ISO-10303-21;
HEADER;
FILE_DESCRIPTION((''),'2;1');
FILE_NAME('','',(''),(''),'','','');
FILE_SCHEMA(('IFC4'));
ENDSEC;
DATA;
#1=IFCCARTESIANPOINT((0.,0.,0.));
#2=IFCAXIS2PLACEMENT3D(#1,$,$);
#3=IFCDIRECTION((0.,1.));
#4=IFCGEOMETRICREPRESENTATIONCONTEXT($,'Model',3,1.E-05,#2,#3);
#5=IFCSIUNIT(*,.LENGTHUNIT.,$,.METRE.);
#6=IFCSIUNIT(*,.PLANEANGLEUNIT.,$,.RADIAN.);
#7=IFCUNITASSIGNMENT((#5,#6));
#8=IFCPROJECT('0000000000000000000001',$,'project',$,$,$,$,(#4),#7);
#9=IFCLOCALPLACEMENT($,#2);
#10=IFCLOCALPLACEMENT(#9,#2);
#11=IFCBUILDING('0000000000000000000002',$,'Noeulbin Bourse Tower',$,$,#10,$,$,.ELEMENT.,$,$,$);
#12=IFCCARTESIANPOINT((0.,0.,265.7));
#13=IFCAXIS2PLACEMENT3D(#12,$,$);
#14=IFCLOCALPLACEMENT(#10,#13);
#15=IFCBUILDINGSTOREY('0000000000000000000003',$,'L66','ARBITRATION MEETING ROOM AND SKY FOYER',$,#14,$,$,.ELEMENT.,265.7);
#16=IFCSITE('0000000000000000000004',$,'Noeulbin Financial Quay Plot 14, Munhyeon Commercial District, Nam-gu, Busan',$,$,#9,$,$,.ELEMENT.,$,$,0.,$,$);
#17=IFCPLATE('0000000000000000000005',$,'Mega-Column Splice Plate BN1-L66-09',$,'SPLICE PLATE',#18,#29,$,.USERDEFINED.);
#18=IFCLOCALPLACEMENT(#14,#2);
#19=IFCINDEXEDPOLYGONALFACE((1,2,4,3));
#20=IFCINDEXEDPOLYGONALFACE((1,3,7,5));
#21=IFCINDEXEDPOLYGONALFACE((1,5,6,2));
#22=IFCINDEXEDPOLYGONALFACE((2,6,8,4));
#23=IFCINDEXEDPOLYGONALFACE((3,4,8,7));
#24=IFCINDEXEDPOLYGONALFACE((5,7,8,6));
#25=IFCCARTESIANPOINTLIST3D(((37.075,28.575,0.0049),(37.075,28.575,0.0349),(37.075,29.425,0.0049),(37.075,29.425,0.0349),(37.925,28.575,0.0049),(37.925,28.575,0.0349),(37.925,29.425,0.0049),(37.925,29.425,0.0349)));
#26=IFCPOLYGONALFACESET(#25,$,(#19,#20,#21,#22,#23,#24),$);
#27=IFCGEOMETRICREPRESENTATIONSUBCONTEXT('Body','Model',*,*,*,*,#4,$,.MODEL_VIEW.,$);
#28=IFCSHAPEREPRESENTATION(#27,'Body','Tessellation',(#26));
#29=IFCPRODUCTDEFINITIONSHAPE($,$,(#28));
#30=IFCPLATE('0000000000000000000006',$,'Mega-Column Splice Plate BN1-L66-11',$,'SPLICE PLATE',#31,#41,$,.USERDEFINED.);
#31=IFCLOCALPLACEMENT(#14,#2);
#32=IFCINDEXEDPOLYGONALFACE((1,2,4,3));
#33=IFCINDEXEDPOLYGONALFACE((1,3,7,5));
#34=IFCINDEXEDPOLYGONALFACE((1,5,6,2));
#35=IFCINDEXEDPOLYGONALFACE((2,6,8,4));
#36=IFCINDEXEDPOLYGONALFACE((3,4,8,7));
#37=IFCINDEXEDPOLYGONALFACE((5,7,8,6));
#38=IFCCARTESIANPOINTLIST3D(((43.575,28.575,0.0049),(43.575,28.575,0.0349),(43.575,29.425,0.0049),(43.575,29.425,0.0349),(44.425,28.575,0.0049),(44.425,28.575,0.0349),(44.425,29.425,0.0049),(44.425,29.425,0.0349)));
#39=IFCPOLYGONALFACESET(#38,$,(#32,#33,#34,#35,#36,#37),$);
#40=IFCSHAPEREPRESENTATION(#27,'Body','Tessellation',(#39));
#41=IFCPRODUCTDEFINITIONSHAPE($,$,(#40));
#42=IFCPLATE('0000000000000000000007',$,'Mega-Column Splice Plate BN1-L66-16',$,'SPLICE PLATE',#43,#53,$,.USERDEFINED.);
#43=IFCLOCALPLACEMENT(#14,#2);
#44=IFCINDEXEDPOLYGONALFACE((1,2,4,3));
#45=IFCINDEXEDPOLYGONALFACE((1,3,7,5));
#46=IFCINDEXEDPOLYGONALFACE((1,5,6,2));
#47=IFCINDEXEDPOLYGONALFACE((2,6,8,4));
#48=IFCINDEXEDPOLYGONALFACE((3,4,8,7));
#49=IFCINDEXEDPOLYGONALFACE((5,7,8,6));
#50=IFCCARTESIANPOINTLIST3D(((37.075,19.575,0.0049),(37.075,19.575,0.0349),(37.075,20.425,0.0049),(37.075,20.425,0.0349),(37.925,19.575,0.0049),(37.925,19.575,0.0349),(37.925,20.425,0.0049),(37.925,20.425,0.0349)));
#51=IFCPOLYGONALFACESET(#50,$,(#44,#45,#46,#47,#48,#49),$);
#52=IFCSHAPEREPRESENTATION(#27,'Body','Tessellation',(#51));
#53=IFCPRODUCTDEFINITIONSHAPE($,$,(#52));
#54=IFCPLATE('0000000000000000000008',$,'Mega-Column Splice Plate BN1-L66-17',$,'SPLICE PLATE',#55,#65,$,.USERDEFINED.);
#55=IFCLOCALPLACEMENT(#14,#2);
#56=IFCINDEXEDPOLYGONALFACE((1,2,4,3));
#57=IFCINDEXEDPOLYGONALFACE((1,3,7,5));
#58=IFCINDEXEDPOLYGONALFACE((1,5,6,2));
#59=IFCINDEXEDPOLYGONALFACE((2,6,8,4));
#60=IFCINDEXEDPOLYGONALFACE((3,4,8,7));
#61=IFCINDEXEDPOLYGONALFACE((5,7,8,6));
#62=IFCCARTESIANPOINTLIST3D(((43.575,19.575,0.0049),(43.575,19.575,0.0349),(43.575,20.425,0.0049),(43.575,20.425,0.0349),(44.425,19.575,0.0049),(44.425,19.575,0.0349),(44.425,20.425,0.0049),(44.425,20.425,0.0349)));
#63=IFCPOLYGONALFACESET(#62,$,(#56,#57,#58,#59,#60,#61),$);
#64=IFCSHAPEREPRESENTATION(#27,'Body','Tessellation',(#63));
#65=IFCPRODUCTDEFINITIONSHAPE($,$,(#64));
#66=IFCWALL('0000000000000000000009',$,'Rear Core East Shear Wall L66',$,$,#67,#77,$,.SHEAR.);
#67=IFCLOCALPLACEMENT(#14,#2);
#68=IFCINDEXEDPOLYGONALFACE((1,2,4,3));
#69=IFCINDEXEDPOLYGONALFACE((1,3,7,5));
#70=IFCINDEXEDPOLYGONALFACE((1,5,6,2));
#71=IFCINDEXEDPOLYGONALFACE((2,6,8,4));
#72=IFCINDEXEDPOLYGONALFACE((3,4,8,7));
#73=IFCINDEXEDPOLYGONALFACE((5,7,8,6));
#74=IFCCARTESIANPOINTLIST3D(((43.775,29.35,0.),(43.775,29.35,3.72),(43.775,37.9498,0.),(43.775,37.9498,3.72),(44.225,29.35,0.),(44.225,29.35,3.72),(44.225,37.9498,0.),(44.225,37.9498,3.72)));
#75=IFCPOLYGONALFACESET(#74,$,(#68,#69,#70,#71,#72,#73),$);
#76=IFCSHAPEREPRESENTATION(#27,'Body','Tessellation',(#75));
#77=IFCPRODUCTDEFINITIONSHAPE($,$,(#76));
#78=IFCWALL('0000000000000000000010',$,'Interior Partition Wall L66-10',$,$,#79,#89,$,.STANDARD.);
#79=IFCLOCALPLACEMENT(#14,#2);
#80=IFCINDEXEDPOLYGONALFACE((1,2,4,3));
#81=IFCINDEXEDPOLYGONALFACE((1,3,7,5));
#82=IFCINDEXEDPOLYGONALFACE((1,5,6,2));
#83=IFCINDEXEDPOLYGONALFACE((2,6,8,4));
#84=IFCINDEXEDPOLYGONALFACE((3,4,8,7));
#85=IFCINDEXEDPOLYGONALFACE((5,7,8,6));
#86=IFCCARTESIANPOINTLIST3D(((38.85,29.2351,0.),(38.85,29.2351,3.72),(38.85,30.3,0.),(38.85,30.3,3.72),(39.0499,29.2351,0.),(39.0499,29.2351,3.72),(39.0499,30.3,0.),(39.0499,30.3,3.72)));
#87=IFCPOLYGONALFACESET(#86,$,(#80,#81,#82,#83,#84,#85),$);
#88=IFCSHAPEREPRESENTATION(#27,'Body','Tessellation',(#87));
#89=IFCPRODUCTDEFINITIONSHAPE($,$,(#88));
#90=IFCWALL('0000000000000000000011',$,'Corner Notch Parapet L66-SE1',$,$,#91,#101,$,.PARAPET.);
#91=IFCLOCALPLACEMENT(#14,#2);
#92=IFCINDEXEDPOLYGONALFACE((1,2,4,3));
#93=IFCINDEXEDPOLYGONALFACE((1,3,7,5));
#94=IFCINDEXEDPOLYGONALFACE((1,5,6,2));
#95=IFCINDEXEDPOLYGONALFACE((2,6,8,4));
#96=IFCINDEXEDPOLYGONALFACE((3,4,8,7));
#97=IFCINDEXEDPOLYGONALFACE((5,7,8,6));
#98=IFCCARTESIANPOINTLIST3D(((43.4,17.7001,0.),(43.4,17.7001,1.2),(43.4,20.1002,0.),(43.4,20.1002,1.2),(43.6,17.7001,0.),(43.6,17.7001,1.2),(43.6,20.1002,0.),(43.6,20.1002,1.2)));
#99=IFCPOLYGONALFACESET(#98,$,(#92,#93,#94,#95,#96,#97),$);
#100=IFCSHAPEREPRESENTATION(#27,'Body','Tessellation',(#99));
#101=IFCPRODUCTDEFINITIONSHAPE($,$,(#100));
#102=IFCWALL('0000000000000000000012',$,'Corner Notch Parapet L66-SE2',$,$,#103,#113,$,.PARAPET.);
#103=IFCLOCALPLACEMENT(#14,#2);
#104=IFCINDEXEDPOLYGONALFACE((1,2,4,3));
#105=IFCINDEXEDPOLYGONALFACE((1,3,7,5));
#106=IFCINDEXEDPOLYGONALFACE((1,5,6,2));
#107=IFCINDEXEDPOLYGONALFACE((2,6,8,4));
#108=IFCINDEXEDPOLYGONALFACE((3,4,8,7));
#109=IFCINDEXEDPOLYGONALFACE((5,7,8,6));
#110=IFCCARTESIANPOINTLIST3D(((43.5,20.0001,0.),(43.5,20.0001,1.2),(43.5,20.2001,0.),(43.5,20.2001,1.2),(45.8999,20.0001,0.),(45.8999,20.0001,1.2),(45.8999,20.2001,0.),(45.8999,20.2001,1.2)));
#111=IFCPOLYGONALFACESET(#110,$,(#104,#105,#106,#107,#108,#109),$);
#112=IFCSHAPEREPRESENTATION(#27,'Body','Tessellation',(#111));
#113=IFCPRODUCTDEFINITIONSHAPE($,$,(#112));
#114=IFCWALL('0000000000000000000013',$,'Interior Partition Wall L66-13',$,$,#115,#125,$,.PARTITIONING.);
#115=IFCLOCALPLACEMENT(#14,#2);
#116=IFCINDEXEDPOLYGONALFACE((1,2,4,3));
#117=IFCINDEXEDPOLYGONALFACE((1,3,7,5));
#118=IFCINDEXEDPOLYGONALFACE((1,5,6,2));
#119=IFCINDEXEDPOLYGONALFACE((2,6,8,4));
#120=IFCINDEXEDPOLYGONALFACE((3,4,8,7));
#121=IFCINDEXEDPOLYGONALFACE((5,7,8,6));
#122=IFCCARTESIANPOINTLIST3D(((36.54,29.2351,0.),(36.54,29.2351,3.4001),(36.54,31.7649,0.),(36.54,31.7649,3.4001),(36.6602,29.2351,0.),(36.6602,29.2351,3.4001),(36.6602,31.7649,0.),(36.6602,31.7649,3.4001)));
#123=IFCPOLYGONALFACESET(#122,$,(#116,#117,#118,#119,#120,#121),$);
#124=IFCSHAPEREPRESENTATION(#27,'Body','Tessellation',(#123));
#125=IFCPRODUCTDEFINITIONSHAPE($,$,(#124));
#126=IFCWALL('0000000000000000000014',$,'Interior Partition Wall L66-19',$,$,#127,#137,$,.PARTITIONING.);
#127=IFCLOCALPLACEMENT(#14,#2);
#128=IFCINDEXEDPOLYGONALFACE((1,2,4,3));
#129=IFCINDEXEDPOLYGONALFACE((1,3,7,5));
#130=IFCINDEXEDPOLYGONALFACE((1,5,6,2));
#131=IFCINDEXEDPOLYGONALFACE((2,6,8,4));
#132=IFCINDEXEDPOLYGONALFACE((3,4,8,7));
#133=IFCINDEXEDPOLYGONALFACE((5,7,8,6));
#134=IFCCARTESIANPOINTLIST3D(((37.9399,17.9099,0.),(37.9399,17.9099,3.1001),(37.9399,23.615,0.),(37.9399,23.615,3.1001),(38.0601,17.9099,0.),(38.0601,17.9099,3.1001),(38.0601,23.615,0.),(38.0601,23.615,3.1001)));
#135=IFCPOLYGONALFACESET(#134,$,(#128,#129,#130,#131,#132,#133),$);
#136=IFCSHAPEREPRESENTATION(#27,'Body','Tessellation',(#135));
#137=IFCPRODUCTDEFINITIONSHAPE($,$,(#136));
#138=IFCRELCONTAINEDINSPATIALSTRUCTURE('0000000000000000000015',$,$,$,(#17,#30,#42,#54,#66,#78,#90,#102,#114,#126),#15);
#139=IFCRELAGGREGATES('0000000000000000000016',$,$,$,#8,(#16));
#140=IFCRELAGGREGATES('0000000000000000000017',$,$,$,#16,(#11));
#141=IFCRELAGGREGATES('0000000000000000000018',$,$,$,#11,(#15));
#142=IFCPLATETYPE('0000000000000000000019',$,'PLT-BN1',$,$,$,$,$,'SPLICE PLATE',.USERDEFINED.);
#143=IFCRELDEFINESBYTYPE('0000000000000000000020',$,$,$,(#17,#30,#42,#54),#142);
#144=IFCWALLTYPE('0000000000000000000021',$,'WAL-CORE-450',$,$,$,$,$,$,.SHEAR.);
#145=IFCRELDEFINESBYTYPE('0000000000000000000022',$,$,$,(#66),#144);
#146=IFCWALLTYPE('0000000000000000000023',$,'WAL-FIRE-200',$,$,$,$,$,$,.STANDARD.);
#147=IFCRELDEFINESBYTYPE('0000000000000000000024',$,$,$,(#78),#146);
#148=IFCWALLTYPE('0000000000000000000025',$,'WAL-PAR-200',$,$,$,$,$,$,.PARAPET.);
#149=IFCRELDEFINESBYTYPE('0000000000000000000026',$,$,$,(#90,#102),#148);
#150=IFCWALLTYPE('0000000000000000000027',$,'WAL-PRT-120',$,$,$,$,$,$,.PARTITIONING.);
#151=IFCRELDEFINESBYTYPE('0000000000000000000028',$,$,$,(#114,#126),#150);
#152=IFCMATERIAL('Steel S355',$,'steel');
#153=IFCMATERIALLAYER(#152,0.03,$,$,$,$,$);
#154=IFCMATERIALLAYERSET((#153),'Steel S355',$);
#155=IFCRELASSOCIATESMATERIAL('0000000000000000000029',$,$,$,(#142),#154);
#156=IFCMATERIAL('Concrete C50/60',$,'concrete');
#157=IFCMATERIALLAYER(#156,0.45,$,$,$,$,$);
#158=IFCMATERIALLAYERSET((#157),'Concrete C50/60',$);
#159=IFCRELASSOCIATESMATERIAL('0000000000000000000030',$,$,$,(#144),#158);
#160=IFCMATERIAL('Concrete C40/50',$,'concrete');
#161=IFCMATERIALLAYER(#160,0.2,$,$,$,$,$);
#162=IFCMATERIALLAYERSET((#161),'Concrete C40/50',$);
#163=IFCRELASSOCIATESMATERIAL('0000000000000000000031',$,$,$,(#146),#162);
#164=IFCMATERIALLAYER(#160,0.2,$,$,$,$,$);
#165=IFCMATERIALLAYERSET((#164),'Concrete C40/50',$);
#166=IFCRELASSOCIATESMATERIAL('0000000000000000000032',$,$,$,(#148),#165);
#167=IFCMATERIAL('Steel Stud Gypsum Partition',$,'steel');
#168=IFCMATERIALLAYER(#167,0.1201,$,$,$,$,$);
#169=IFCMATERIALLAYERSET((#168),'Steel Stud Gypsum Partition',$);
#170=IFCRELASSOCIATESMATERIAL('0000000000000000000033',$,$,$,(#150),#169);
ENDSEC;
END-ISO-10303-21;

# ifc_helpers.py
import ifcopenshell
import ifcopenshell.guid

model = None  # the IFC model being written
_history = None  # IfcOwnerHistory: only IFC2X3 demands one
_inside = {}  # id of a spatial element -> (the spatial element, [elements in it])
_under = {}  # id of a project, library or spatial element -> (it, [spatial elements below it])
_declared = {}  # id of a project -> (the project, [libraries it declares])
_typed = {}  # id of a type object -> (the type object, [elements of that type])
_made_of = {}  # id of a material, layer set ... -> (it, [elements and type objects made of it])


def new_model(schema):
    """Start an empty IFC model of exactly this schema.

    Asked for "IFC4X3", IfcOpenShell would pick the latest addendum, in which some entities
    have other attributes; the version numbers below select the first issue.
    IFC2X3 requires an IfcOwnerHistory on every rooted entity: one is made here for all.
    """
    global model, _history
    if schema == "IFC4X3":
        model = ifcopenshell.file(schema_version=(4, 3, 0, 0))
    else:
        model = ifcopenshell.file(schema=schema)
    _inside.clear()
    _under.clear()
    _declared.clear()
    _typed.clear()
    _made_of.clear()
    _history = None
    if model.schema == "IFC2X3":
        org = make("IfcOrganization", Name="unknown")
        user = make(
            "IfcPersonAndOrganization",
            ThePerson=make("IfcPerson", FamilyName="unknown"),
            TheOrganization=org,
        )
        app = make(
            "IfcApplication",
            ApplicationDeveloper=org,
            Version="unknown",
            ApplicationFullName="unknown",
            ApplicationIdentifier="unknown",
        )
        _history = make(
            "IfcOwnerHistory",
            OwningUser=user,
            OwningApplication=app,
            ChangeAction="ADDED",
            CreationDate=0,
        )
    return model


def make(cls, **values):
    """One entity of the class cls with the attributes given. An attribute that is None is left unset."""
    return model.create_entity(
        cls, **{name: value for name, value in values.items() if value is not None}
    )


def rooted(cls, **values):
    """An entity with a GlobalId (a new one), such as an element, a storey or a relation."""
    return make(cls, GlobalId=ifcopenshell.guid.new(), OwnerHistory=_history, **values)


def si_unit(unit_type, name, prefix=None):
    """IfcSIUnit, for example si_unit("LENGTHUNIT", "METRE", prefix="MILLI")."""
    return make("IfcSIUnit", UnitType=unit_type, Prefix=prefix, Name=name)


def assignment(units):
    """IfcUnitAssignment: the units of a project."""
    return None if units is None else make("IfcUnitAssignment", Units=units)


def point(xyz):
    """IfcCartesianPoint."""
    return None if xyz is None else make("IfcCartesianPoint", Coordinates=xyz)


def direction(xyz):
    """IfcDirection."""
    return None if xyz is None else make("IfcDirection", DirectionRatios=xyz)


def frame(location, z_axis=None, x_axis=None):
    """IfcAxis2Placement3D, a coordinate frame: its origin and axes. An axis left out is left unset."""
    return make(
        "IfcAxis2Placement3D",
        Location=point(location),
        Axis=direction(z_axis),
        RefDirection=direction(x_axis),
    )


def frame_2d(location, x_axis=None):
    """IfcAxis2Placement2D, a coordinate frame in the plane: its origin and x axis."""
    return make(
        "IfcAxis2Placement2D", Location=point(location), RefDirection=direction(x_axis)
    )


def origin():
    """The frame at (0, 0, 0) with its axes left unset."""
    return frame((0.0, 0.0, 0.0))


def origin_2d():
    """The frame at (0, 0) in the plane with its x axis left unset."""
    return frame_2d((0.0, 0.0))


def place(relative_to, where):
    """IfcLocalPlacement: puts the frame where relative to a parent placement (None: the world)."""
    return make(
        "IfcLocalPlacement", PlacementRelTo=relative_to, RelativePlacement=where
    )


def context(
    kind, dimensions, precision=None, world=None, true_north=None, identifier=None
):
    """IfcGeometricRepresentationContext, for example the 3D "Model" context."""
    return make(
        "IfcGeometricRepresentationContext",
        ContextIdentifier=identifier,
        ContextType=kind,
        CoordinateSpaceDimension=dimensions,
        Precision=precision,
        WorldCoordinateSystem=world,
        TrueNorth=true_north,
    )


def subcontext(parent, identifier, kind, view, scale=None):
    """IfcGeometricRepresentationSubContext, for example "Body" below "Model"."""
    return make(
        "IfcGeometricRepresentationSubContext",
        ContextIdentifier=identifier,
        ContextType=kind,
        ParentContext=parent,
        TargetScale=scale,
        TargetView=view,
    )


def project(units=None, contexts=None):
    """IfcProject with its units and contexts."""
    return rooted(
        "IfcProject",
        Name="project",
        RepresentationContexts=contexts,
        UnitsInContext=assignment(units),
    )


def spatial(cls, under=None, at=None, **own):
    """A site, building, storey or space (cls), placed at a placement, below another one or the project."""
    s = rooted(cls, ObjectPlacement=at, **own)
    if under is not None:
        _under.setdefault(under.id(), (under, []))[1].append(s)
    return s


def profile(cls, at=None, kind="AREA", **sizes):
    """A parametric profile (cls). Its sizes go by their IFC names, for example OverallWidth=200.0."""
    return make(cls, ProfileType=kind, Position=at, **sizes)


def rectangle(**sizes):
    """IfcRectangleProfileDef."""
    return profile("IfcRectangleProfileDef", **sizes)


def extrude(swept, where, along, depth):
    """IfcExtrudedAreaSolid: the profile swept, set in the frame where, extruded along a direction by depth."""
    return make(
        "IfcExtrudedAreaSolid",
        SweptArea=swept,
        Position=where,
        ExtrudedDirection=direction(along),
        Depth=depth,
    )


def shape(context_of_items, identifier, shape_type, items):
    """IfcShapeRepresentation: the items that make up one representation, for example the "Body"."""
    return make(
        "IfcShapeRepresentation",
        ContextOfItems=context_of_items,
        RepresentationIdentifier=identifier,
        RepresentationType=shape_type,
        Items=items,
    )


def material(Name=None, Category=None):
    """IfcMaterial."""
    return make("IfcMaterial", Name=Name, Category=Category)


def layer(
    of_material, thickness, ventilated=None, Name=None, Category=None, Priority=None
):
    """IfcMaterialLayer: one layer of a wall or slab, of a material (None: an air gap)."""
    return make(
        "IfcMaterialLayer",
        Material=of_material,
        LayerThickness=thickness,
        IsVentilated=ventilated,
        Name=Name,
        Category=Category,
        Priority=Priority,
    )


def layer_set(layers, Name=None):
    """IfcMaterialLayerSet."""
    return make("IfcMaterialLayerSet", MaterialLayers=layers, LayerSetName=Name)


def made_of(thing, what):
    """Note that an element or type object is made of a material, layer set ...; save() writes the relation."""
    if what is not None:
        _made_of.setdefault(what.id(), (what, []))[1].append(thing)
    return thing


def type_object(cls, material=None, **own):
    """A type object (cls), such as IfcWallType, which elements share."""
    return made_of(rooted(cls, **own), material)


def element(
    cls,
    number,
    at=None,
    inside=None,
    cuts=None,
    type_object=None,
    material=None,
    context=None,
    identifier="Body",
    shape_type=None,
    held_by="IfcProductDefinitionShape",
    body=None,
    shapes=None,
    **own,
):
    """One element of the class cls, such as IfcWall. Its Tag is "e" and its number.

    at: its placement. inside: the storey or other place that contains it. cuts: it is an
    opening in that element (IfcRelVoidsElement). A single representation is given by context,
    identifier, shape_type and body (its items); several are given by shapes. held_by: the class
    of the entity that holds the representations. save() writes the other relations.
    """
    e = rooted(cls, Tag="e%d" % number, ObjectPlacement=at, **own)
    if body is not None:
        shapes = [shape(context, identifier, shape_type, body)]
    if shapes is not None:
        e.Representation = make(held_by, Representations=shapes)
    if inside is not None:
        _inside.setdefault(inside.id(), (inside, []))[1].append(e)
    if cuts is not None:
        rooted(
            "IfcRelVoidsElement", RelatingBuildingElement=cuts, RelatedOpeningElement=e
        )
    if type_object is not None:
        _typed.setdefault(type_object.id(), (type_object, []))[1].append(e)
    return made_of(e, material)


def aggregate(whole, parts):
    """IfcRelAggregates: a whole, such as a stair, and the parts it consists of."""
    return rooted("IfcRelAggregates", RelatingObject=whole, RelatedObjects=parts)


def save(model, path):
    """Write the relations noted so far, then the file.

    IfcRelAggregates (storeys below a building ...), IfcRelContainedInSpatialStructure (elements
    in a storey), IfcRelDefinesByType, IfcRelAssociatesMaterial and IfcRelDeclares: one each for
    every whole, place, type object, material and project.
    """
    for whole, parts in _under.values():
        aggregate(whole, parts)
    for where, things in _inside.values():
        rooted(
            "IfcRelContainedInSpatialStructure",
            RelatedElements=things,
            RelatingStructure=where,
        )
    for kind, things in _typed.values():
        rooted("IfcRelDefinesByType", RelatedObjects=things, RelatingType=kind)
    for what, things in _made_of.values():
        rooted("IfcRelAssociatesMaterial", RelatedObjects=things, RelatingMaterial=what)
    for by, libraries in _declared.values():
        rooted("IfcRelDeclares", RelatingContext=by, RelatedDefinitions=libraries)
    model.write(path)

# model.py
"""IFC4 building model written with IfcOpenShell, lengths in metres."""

from ifc_helpers import new_model, si_unit, direction, frame, frame_2d, origin, origin_2d, place, context, subcontext, project, spatial, rectangle, extrude, material, layer, layer_set, type_object, element, save


model = new_model("IFC4")

# Units and contexts
model_context = context("Model", 3, precision=1e-05, world=origin(), true_north=direction((0.0, 1.0)))
body_context = subcontext(model_context, "Body", "Model", "MODEL_VIEW")
ifc_project = project(units=[si_unit("LENGTHUNIT", "METRE"), si_unit("PLANEANGLEUNIT", "RADIAN")], contexts=[model_context])

# Site, building, storey
site_placement = place(None, origin())
site = spatial("IfcSite", under=ifc_project, at=site_placement, Name="Noeulbin Financial Quay Plot 14, Munhyeon Commercial District, Nam-gu, Busan", CompositionType="ELEMENT", RefElevation=0.0)
building_placement = place(site_placement, origin())
building = spatial("IfcBuilding", under=site, at=building_placement, Name="Noeulbin Bourse Tower", CompositionType="ELEMENT")
storey_placement = place(building_placement, frame((0.0, 0.0, 265.7)))
storey = spatial("IfcBuildingStorey", under=building, at=storey_placement, Name="L66", Description="ARBITRATION MEETING ROOM AND SKY FOYER", CompositionType="ELEMENT", Elevation=265.7)

# Shared definitions
ifc_material_1 = material(Name="Steel S355", Category="steel")

# Plates
ifc_layer_1 = layer(ifc_material_1, 0.03)
ifc_layer_set_1 = layer_set([ifc_layer_1], Name="Steel S355")
plate_type_1 = type_object("IfcPlateType", Name="PLT-BN1", ElementType="SPLICE PLATE", PredefinedType="USERDEFINED", material=ifc_layer_set_1)
for number, where, z_axis, x_axis, name in (
    (1, (37.5, 29.0, 0.0049), (0.0, 0.0, 1.0), (1.0, 0.0, 0.0), "Mega-Column Splice Plate BN1-L66-09"),
    (2, (44.0, 29.0, 0.0049), (0.0, 0.0, 1.0), (1.0, 0.0, 0.0), "Mega-Column Splice Plate BN1-L66-11"),
    (3, (37.5, 20.0, 0.0049), (0.0, 0.0, 1.0), (1.0, 0.0, 0.0), "Mega-Column Splice Plate BN1-L66-16"),
    (4, (44.0, 20.0, 0.0049), (0.0, 0.0, 1.0), (1.0, 0.0, 0.0), "Mega-Column Splice Plate BN1-L66-17"),
):
    element("IfcPlate", number, at=place(storey_placement, frame(where, z_axis=z_axis, x_axis=x_axis)), inside=storey, type_object=plate_type_1, Name=name, ObjectType="SPLICE PLATE", PredefinedType="USERDEFINED", context=body_context, shape_type="SweptSolid", body=[
        extrude(rectangle(XDim=0.8501, YDim=0.8501, at=origin_2d()), origin(), (0.0, 0.0, 1.0), 0.03),
    ])

# Walls
ifc_material_2 = material(Name="Concrete C50/60", Category="concrete")
ifc_layer_2 = layer(ifc_material_2, 0.45)
ifc_layer_set_2 = layer_set([ifc_layer_2], Name="Concrete C50/60")
wall_type_1 = type_object("IfcWallType", Name="WAL-CORE-450", PredefinedType="SHEAR", material=ifc_layer_set_2)
wall_1_placement = place(storey_placement, frame((44.0, 29.3501, 0.0), z_axis=(0.0, 0.0, 1.0), x_axis=(0.0, 1.0, 0.0)))
element("IfcWall", 5, at=wall_1_placement, inside=storey, type_object=wall_type_1, Name="Rear Core East Shear Wall L66", PredefinedType="SHEAR", context=body_context, shape_type="SweptSolid", body=[
    extrude(rectangle(XDim=8.5999, YDim=0.45, at=frame_2d((4.2998, 0.0))), origin(), (0.0, 0.0, 1.0), 3.72),
])
ifc_material_3 = material(Name="Concrete C40/50", Category="concrete")
ifc_layer_3 = layer(ifc_material_3, 0.2)
ifc_layer_set_3 = layer_set([ifc_layer_3], Name="Concrete C40/50")
wall_type_2 = type_object("IfcWallType", Name="WAL-FIRE-200", PredefinedType="STANDARD", material=ifc_layer_set_3)
wall_2_placement = place(storey_placement, frame((38.95, 29.2351, 0.0), z_axis=(0.0, 0.0, 1.0), x_axis=(0.0, 1.0, 0.0)))
element("IfcWall", 6, at=wall_2_placement, inside=storey, type_object=wall_type_2, Name="Interior Partition Wall L66-10", PredefinedType="STANDARD", context=body_context, shape_type="SweptSolid", body=[
    extrude(rectangle(XDim=1.0649, YDim=0.2, at=frame_2d((0.5325, 0.0))), origin(), (0.0, 0.0, 1.0), 3.72),
])
ifc_layer_4 = layer(ifc_material_3, 0.2)
ifc_layer_set_4 = layer_set([ifc_layer_4], Name="Concrete C40/50")
wall_type_3 = type_object("IfcWallType", Name="WAL-PAR-200", PredefinedType="PARAPET", material=ifc_layer_set_4)
wall_3_placement = place(storey_placement, frame((43.5, 17.7, 0.0), z_axis=(0.0, 0.0, 1.0), x_axis=(0.0, 1.0, 0.0)))
element("IfcWall", 7, at=wall_3_placement, inside=storey, type_object=wall_type_3, Name="Corner Notch Parapet L66-SE1", PredefinedType="PARAPET", context=body_context, shape_type="SweptSolid", body=[
    extrude(rectangle(XDim=2.4001, YDim=0.2, at=frame_2d((1.2002, 0.0))), origin(), (0.0, 0.0, 1.0), 1.2),
])
wall_4_placement = place(storey_placement, frame((43.5, 20.1001, 0.0), z_axis=(0.0, 0.0, 1.0), x_axis=(1.0, 0.0, 0.0)))
element("IfcWall", 8, at=wall_4_placement, inside=storey, type_object=wall_type_3, Name="Corner Notch Parapet L66-SE2", PredefinedType="PARAPET", context=body_context, shape_type="SweptSolid", body=[
    extrude(rectangle(XDim=2.3999, YDim=0.2, at=frame_2d((1.2, 0.0))), origin(), (0.0, 0.0, 1.0), 1.2),
])
ifc_material_4 = material(Name="Steel Stud Gypsum Partition", Category="steel")
ifc_layer_5 = layer(ifc_material_4, 0.1201)
ifc_layer_set_5 = layer_set([ifc_layer_5], Name="Steel Stud Gypsum Partition")
wall_type_4 = type_object("IfcWallType", Name="WAL-PRT-120", PredefinedType="PARTITIONING", material=ifc_layer_set_5)
wall_5_placement = place(storey_placement, frame((36.6001, 29.2351, 0.0), z_axis=(0.0, 0.0, 1.0), x_axis=(0.0, 1.0, 0.0)))
element("IfcWall", 9, at=wall_5_placement, inside=storey, type_object=wall_type_4, Name="Interior Partition Wall L66-13", PredefinedType="PARTITIONING", context=body_context, shape_type="SweptSolid", body=[
    extrude(rectangle(XDim=2.5298, YDim=0.1201, at=frame_2d((1.2649, 0.0))), origin(), (0.0, 0.0, 1.0), 3.4001),
])
wall_6_placement = place(storey_placement, frame((38.0, 17.9099, 0.0), z_axis=(0.0, 0.0, 1.0), x_axis=(0.0, 1.0, 0.0)))
element("IfcWall", 10, at=wall_6_placement, inside=storey, type_object=wall_type_4, Name="Interior Partition Wall L66-19", PredefinedType="PARTITIONING", context=body_context, shape_type="SweptSolid", body=[
    extrude(rectangle(XDim=5.7051, YDim=0.1201, at=frame_2d((2.8525, 0.0))), origin(), (0.0, 0.0, 1.0), 3.1001),
])

save(model, "model.ifc")
